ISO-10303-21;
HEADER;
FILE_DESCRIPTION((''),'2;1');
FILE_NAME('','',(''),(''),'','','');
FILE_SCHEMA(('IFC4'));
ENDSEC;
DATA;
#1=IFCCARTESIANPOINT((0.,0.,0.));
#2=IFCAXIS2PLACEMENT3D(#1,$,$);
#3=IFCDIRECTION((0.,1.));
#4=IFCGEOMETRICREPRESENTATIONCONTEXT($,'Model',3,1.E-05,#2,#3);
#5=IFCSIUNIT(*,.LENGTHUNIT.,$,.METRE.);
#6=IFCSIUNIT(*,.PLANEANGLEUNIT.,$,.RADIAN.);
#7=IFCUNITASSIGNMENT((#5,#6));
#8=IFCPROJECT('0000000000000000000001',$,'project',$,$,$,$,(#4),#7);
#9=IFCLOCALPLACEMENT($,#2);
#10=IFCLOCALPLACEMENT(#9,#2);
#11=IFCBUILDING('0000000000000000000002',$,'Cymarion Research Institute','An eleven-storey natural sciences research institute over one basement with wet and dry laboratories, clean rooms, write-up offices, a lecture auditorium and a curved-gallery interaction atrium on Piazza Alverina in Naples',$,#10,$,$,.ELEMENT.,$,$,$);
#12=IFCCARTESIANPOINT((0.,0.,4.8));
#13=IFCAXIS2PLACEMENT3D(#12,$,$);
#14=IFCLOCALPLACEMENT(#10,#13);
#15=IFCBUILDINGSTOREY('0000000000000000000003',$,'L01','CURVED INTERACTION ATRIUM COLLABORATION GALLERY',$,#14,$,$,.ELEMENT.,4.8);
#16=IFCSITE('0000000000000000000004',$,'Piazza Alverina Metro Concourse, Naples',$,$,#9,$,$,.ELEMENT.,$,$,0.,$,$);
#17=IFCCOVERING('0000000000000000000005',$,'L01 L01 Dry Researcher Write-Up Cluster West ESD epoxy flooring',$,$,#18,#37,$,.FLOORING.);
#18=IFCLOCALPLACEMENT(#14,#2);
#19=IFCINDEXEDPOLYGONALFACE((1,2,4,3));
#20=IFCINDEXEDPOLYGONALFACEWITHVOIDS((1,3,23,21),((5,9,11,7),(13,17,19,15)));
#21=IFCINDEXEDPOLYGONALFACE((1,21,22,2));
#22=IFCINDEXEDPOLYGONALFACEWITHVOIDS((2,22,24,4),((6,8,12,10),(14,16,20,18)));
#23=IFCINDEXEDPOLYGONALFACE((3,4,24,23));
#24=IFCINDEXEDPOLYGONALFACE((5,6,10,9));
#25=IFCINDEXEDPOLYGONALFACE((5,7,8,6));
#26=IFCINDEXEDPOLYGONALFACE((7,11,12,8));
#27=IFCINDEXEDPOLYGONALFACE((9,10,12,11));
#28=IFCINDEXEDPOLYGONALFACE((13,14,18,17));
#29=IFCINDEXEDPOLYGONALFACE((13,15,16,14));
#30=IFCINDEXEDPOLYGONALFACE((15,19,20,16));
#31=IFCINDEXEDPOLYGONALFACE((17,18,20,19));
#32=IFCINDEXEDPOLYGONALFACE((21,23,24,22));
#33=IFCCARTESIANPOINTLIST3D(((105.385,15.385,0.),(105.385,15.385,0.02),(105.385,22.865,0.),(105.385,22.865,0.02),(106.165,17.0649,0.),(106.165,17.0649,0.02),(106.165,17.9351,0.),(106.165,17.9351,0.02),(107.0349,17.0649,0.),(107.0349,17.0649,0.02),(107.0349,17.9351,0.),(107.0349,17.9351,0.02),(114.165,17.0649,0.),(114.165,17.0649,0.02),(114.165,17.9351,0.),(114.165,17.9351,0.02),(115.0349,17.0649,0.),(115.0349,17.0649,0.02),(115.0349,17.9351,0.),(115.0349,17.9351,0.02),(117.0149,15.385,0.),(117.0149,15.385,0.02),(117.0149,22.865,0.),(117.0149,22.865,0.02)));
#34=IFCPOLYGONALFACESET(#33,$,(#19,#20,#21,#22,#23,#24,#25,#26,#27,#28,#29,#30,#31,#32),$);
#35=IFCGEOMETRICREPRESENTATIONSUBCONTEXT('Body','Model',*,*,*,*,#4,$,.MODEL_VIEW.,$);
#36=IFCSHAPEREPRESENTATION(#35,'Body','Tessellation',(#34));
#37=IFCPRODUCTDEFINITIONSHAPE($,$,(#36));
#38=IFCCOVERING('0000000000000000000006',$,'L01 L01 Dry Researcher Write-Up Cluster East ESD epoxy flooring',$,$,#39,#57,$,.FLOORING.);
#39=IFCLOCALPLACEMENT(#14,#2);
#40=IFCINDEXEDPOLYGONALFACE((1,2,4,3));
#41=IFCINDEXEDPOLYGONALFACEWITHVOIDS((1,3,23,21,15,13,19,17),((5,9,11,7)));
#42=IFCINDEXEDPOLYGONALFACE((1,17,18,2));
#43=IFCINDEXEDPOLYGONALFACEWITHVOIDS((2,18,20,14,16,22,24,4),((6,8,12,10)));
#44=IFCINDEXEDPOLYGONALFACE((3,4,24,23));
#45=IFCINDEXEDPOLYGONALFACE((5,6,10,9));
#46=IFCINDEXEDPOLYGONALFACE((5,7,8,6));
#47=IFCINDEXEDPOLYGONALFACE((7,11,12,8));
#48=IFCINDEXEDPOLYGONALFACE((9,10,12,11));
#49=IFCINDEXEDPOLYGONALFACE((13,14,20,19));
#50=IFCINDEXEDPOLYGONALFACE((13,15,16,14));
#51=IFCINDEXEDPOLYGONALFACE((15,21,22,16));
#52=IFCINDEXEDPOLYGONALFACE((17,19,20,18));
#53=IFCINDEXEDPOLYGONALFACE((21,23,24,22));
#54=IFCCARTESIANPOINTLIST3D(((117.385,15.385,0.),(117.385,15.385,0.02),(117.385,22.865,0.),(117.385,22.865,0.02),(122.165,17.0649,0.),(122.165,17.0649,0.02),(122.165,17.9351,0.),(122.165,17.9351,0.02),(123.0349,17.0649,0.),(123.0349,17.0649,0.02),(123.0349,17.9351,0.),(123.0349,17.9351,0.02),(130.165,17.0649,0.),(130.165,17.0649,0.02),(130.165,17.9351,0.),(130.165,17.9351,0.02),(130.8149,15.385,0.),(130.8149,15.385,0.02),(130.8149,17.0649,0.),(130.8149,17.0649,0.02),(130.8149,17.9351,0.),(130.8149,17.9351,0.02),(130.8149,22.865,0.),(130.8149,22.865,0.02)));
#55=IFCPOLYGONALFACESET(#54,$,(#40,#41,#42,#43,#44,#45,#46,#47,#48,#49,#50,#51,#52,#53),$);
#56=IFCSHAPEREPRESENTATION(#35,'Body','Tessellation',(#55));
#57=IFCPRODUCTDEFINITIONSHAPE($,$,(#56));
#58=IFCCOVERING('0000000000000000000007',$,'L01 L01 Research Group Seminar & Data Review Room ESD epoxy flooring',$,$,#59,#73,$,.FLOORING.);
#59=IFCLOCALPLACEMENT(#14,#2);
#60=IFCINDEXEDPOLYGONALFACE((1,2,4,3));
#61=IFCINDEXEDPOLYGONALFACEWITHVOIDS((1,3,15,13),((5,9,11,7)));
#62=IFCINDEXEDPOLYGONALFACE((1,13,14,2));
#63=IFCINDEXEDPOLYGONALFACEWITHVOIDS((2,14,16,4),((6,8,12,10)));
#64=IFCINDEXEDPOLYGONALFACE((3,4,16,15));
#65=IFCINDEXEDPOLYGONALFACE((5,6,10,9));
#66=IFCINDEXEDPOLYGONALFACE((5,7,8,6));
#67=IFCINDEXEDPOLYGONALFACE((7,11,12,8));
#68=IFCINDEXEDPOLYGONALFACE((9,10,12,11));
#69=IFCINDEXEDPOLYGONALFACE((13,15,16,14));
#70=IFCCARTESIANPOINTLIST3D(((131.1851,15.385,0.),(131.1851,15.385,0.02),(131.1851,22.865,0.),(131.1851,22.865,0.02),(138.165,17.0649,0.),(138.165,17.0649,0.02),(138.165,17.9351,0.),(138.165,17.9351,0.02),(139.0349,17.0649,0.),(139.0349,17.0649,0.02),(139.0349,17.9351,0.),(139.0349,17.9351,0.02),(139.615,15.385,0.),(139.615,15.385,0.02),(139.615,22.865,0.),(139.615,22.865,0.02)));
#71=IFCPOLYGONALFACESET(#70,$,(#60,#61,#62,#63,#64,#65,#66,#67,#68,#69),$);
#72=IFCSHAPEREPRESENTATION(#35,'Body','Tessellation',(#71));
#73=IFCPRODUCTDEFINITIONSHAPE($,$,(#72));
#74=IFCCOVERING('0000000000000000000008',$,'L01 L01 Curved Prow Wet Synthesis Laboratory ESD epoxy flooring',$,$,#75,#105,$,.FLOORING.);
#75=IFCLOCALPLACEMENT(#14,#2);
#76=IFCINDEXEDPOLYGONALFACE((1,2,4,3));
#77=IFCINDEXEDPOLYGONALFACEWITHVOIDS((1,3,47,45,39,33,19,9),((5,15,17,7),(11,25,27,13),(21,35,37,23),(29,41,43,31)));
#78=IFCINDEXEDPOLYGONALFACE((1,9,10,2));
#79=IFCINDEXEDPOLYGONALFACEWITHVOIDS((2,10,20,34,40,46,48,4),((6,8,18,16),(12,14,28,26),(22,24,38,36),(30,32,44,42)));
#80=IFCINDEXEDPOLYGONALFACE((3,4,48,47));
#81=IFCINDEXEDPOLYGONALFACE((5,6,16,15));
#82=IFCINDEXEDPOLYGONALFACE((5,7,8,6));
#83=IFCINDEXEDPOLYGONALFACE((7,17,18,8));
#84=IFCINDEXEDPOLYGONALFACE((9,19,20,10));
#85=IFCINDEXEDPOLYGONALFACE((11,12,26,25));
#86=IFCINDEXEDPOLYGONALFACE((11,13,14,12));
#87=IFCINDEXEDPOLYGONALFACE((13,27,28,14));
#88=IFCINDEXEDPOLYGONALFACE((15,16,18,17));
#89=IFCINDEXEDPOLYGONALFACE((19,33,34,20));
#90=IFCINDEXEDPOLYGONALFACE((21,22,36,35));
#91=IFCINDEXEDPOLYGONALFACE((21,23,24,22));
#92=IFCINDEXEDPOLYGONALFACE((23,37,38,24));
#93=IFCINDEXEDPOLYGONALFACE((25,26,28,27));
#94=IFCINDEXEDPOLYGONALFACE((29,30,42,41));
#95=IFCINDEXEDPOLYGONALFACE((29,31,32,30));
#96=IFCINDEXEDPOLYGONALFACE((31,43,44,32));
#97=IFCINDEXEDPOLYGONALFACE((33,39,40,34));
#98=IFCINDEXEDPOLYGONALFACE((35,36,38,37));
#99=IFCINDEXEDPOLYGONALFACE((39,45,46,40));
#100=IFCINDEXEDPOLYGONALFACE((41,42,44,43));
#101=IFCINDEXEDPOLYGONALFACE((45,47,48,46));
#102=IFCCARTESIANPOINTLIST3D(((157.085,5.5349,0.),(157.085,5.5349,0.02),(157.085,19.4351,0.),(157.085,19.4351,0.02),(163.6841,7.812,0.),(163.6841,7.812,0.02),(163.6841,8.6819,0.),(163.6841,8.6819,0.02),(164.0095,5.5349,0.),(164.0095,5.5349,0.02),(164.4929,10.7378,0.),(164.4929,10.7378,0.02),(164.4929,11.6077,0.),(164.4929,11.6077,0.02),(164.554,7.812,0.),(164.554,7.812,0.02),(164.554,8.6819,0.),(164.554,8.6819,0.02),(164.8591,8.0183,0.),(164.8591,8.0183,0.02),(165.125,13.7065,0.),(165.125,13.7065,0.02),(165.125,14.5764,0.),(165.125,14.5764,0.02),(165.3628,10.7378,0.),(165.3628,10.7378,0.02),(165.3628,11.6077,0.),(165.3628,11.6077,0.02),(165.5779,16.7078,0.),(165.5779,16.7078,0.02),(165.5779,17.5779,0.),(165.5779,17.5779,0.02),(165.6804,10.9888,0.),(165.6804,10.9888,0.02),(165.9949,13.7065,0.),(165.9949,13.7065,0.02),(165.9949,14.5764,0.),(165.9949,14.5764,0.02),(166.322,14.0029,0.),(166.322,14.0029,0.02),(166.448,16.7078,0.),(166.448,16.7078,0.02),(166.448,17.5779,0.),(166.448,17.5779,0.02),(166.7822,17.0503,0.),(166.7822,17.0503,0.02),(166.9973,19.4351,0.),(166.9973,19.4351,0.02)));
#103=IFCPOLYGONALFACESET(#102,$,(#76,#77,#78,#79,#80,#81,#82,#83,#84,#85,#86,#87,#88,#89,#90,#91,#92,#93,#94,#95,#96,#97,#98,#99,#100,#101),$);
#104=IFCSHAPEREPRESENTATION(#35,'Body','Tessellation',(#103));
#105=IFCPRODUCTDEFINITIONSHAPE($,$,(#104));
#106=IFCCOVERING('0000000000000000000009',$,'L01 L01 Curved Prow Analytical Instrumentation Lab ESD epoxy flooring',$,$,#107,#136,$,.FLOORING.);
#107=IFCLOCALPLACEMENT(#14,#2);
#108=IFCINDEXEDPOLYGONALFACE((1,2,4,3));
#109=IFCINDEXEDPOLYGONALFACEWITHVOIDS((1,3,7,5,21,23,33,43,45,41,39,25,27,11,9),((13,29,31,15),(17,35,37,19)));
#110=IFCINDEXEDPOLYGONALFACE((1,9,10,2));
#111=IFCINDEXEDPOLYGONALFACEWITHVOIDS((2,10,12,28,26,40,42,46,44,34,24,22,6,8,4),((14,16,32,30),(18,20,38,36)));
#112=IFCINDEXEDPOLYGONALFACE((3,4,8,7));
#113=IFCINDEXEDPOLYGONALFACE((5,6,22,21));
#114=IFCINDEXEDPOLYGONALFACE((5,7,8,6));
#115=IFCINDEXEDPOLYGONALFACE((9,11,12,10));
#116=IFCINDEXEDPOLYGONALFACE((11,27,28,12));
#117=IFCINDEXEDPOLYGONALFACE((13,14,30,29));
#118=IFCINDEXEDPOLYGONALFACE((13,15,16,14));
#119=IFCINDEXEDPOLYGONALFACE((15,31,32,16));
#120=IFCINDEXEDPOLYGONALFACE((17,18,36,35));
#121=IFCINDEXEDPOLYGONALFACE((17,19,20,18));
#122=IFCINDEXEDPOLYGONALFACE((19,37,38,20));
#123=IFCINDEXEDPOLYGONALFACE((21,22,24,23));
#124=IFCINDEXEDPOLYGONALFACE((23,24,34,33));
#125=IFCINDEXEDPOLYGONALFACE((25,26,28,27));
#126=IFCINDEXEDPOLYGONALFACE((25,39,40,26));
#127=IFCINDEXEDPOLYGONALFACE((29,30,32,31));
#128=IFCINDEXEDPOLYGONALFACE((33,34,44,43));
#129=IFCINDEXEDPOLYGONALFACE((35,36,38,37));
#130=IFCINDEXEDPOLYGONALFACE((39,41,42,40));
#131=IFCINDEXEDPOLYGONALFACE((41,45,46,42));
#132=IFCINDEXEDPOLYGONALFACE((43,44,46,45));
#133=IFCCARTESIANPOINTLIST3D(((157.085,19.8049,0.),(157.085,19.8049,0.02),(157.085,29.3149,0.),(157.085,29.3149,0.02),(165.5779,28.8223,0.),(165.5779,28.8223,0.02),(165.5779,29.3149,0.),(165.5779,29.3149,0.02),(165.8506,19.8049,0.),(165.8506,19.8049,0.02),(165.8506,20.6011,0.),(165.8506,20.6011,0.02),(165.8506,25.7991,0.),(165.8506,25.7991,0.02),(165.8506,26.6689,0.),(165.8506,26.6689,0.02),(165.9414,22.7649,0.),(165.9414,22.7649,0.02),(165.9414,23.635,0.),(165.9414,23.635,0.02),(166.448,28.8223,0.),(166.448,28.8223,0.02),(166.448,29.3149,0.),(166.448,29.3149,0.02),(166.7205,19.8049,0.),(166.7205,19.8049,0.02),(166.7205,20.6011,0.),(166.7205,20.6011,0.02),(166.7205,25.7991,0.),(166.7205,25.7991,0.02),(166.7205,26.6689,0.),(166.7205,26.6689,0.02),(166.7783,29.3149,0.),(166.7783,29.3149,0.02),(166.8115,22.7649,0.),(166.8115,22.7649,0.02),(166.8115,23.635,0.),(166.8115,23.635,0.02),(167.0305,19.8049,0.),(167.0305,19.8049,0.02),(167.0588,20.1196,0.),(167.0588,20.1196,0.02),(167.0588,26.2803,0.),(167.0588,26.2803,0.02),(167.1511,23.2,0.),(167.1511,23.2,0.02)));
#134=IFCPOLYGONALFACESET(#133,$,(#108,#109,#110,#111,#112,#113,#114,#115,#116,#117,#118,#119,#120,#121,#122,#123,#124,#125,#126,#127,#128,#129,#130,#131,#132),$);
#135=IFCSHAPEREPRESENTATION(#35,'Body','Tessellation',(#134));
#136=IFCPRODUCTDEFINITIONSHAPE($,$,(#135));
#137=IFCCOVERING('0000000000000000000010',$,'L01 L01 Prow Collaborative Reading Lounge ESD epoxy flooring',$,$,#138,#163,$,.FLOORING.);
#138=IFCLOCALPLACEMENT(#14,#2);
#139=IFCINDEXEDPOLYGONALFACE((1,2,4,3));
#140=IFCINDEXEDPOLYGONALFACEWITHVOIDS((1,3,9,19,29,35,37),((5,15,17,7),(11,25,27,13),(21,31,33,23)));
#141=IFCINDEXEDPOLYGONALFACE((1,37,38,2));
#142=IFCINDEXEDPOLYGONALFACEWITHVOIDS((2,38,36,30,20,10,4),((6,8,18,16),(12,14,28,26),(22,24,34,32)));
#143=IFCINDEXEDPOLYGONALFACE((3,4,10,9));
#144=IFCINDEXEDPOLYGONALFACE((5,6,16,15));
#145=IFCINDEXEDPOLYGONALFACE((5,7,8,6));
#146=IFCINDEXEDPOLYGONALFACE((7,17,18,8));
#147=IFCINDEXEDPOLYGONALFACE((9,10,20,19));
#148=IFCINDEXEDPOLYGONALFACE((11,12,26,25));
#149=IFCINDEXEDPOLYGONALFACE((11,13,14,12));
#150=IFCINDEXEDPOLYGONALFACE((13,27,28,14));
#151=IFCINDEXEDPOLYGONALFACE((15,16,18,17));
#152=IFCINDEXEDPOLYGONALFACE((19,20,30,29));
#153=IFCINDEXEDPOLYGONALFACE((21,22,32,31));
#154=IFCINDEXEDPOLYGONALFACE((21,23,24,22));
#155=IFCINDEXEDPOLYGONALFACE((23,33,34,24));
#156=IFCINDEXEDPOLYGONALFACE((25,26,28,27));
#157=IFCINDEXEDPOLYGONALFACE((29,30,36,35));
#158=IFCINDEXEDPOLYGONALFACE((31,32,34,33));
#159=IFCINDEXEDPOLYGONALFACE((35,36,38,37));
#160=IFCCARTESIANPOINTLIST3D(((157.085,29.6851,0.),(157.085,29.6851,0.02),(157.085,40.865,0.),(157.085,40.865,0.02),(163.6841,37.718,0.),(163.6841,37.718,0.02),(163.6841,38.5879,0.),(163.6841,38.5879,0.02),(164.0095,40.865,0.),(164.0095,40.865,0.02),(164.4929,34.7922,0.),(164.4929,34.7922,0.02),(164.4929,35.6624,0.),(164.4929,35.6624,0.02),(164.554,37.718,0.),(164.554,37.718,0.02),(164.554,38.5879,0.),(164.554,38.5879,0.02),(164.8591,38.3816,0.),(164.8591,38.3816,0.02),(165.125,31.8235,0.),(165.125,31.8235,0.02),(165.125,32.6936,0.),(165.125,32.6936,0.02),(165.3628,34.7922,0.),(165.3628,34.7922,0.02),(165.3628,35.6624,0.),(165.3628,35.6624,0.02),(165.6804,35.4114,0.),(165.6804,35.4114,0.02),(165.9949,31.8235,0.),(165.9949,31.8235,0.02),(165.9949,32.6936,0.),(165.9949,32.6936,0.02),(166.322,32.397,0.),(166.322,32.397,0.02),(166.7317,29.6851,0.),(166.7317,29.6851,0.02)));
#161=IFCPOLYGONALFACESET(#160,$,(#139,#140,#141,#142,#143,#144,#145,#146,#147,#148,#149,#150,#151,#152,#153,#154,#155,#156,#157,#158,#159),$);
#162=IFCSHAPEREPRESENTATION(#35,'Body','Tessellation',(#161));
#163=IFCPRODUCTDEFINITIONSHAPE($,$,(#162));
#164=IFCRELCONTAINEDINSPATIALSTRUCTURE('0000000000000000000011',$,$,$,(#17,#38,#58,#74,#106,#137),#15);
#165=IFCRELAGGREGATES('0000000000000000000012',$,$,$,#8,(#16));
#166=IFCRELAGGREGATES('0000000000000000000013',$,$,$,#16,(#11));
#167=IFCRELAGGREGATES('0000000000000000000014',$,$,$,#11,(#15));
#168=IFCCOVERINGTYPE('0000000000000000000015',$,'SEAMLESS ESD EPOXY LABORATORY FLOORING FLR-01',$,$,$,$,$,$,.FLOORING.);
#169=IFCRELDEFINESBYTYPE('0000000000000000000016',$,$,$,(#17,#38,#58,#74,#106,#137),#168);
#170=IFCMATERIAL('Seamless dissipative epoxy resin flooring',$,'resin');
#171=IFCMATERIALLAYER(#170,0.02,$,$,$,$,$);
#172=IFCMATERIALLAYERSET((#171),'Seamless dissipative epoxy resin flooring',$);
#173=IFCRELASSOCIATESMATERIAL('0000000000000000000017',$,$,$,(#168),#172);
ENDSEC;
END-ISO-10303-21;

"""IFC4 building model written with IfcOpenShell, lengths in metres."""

from ifc_helpers import new_model, si_unit, direction, frame, origin, place, context, subcontext, project, spatial, polyline, outline, extrude, material, layer, layer_set, type_object, element, save


model = new_model("IFC4")

# Units and contexts
model_context = context("Model", 3, precision=1e-05, world=origin(), true_north=direction((0.0, 1.0)))
body_context = subcontext(model_context, "Body", "Model", "MODEL_VIEW")
ifc_project = project(units=[si_unit("LENGTHUNIT", "METRE"), si_unit("PLANEANGLEUNIT", "RADIAN")], contexts=[model_context])

# Site, building, storey
site_placement = place(None, origin())
site = spatial("IfcSite", under=ifc_project, at=site_placement, Name="Piazza Alverina Metro Concourse, Naples", CompositionType="ELEMENT", RefElevation=0.0)
building_placement = place(site_placement, origin())
building = spatial("IfcBuilding", under=site, at=building_placement, Name="Cymarion Research Institute", Description="An eleven-storey natural sciences research institute over one basement with wet and dry laboratories, clean rooms, write-up offices, a lecture auditorium and a curved-gallery interaction atrium on Piazza Alverina in Naples", CompositionType="ELEMENT")
storey_placement = place(building_placement, frame((0.0, 0.0, 4.8)))
storey = spatial("IfcBuildingStorey", under=building, at=storey_placement, Name="L01", Description="CURVED INTERACTION ATRIUM COLLABORATION GALLERY", CompositionType="ELEMENT", Elevation=4.8)

# Coverings
ifc_material_1 = material(Name="Seamless dissipative epoxy resin flooring", Category="resin")
ifc_layer_1 = layer(ifc_material_1, 0.02)
ifc_layer_set_1 = layer_set([ifc_layer_1], Name="Seamless dissipative epoxy resin flooring")
covering_type = type_object("IfcCoveringType", Name="SEAMLESS ESD EPOXY LABORATORY FLOORING FLR-01", PredefinedType="FLOORING", material=ifc_layer_set_1)
covering_1_placement = place(storey_placement, origin())
element("IfcCovering", 1, at=covering_1_placement, inside=storey, type_object=covering_type, Name="L01 L01 Dry Researcher Write-Up Cluster West ESD epoxy flooring", PredefinedType="FLOORING", context=body_context, shape_type="SweptSolid", body=[
    extrude(outline(polyline([(105.385, 22.865), (117.0149, 22.865), (117.0149, 15.385), (105.385, 15.385), (105.385, 22.865)]), holes=[polyline([(115.0349, 17.9351), (114.165, 17.9351), (114.165, 17.0649), (115.0349, 17.0649), (115.0349, 17.9351)]), polyline([(107.0349, 17.9351), (106.165, 17.9351), (106.165, 17.0649), (107.0349, 17.0649), (107.0349, 17.9351)])]), origin(), (0.0, 0.0, 1.0), 0.02),
])
covering_2_placement = place(storey_placement, origin())
element("IfcCovering", 2, at=covering_2_placement, inside=storey, type_object=covering_type, Name="L01 L01 Dry Researcher Write-Up Cluster East ESD epoxy flooring", PredefinedType="FLOORING", context=body_context, shape_type="SweptSolid", body=[
    extrude(outline(polyline([(117.385, 22.865), (130.8149, 22.865), (130.8149, 17.9351), (130.165, 17.9351), (130.165, 17.0649), (130.8149, 17.0649), (130.8149, 15.385), (117.385, 15.385), (117.385, 22.865)]), holes=[polyline([(123.0349, 17.9351), (122.165, 17.9351), (122.165, 17.0649), (123.0349, 17.0649), (123.0349, 17.9351)])]), origin(), (0.0, 0.0, 1.0), 0.02),
])
covering_3_placement = place(storey_placement, origin())
element("IfcCovering", 3, at=covering_3_placement, inside=storey, type_object=covering_type, Name="L01 L01 Research Group Seminar & Data Review Room ESD epoxy flooring", PredefinedType="FLOORING", context=body_context, shape_type="SweptSolid", body=[
    extrude(outline(polyline([(131.1851, 22.865), (139.615, 22.865), (139.615, 15.385), (131.1851, 15.385), (131.1851, 22.865)]), holes=[polyline([(139.0349, 17.9351), (138.165, 17.9351), (138.165, 17.0649), (139.0349, 17.0649), (139.0349, 17.9351)])]), origin(), (0.0, 0.0, 1.0), 0.02),
])
covering_4_placement = place(storey_placement, origin())
element("IfcCovering", 4, at=covering_4_placement, inside=storey, type_object=covering_type, Name="L01 L01 Curved Prow Wet Synthesis Laboratory ESD epoxy flooring", PredefinedType="FLOORING", context=body_context, shape_type="SweptSolid", body=[
    extrude(outline(polyline([(157.085, 19.4351), (166.9973, 19.4351), (166.7822, 17.0503), (166.322, 14.0029), (165.6804, 10.9888), (164.8591, 8.0183), (164.0095, 5.5349), (157.085, 5.5349), (157.085, 19.4351)]), holes=[polyline([(166.448, 17.5779), (165.5779, 17.5779), (165.5779, 16.7078), (166.448, 16.7078), (166.448, 17.5779)]), polyline([(165.9949, 14.5764), (165.125, 14.5764), (165.125, 13.7065), (165.9949, 13.7065), (165.9949, 14.5764)]), polyline([(165.3628, 11.6077), (164.4929, 11.6077), (164.4929, 10.7378), (165.3628, 10.7378), (165.3628, 11.6077)]), polyline([(164.554, 8.6819), (163.6841, 8.6819), (163.6841, 7.812), (164.554, 7.812), (164.554, 8.6819)])]), origin(), (0.0, 0.0, 1.0), 0.02),
])
covering_5_placement = place(storey_placement, origin())
element("IfcCovering", 5, at=covering_5_placement, inside=storey, type_object=covering_type, Name="L01 L01 Curved Prow Analytical Instrumentation Lab ESD epoxy flooring", PredefinedType="FLOORING", context=body_context, shape_type="SweptSolid", body=[
    extrude(outline(polyline([(157.085, 29.3149), (165.5779, 29.3149), (165.5779, 28.8223), (166.448, 28.8223), (166.448, 29.3149), (166.7783, 29.3149), (167.0588, 26.2803), (167.1511, 23.2), (167.0588, 20.1196), (167.0305, 19.8049), (166.7205, 19.8049), (166.7205, 20.6011), (165.8506, 20.6011), (165.8506, 19.8049), (157.085, 19.8049), (157.085, 29.3149)]), holes=[polyline([(166.8115, 23.635), (165.9414, 23.635), (165.9414, 22.7649), (166.8115, 22.7649), (166.8115, 23.635)]), polyline([(166.7205, 26.6689), (165.8506, 26.6689), (165.8506, 25.7991), (166.7205, 25.7991), (166.7205, 26.6689)])]), origin(), (0.0, 0.0, 1.0), 0.02),
])
covering_6_placement = place(storey_placement, origin())
element("IfcCovering", 6, at=covering_6_placement, inside=storey, type_object=covering_type, Name="L01 L01 Prow Collaborative Reading Lounge ESD epoxy flooring", PredefinedType="FLOORING", context=body_context, shape_type="SweptSolid", body=[
    extrude(outline(polyline([(157.085, 40.865), (164.0095, 40.865), (164.8591, 38.3816), (165.6804, 35.4114), (166.322, 32.397), (166.7317, 29.6851), (157.085, 29.6851), (157.085, 40.865)]), holes=[polyline([(165.9949, 32.6936), (165.125, 32.6936), (165.125, 31.8235), (165.9949, 31.8235), (165.9949, 32.6936)]), polyline([(165.3628, 35.6624), (164.4929, 35.6624), (164.4929, 34.7922), (165.3628, 34.7922), (165.3628, 35.6624)]), polyline([(164.554, 38.5879), (163.6841, 38.5879), (163.6841, 37.718), (164.554, 37.718), (164.554, 38.5879)])]), origin(), (0.0, 0.0, 1.0), 0.02),
])

save(model, "model.ifc")
